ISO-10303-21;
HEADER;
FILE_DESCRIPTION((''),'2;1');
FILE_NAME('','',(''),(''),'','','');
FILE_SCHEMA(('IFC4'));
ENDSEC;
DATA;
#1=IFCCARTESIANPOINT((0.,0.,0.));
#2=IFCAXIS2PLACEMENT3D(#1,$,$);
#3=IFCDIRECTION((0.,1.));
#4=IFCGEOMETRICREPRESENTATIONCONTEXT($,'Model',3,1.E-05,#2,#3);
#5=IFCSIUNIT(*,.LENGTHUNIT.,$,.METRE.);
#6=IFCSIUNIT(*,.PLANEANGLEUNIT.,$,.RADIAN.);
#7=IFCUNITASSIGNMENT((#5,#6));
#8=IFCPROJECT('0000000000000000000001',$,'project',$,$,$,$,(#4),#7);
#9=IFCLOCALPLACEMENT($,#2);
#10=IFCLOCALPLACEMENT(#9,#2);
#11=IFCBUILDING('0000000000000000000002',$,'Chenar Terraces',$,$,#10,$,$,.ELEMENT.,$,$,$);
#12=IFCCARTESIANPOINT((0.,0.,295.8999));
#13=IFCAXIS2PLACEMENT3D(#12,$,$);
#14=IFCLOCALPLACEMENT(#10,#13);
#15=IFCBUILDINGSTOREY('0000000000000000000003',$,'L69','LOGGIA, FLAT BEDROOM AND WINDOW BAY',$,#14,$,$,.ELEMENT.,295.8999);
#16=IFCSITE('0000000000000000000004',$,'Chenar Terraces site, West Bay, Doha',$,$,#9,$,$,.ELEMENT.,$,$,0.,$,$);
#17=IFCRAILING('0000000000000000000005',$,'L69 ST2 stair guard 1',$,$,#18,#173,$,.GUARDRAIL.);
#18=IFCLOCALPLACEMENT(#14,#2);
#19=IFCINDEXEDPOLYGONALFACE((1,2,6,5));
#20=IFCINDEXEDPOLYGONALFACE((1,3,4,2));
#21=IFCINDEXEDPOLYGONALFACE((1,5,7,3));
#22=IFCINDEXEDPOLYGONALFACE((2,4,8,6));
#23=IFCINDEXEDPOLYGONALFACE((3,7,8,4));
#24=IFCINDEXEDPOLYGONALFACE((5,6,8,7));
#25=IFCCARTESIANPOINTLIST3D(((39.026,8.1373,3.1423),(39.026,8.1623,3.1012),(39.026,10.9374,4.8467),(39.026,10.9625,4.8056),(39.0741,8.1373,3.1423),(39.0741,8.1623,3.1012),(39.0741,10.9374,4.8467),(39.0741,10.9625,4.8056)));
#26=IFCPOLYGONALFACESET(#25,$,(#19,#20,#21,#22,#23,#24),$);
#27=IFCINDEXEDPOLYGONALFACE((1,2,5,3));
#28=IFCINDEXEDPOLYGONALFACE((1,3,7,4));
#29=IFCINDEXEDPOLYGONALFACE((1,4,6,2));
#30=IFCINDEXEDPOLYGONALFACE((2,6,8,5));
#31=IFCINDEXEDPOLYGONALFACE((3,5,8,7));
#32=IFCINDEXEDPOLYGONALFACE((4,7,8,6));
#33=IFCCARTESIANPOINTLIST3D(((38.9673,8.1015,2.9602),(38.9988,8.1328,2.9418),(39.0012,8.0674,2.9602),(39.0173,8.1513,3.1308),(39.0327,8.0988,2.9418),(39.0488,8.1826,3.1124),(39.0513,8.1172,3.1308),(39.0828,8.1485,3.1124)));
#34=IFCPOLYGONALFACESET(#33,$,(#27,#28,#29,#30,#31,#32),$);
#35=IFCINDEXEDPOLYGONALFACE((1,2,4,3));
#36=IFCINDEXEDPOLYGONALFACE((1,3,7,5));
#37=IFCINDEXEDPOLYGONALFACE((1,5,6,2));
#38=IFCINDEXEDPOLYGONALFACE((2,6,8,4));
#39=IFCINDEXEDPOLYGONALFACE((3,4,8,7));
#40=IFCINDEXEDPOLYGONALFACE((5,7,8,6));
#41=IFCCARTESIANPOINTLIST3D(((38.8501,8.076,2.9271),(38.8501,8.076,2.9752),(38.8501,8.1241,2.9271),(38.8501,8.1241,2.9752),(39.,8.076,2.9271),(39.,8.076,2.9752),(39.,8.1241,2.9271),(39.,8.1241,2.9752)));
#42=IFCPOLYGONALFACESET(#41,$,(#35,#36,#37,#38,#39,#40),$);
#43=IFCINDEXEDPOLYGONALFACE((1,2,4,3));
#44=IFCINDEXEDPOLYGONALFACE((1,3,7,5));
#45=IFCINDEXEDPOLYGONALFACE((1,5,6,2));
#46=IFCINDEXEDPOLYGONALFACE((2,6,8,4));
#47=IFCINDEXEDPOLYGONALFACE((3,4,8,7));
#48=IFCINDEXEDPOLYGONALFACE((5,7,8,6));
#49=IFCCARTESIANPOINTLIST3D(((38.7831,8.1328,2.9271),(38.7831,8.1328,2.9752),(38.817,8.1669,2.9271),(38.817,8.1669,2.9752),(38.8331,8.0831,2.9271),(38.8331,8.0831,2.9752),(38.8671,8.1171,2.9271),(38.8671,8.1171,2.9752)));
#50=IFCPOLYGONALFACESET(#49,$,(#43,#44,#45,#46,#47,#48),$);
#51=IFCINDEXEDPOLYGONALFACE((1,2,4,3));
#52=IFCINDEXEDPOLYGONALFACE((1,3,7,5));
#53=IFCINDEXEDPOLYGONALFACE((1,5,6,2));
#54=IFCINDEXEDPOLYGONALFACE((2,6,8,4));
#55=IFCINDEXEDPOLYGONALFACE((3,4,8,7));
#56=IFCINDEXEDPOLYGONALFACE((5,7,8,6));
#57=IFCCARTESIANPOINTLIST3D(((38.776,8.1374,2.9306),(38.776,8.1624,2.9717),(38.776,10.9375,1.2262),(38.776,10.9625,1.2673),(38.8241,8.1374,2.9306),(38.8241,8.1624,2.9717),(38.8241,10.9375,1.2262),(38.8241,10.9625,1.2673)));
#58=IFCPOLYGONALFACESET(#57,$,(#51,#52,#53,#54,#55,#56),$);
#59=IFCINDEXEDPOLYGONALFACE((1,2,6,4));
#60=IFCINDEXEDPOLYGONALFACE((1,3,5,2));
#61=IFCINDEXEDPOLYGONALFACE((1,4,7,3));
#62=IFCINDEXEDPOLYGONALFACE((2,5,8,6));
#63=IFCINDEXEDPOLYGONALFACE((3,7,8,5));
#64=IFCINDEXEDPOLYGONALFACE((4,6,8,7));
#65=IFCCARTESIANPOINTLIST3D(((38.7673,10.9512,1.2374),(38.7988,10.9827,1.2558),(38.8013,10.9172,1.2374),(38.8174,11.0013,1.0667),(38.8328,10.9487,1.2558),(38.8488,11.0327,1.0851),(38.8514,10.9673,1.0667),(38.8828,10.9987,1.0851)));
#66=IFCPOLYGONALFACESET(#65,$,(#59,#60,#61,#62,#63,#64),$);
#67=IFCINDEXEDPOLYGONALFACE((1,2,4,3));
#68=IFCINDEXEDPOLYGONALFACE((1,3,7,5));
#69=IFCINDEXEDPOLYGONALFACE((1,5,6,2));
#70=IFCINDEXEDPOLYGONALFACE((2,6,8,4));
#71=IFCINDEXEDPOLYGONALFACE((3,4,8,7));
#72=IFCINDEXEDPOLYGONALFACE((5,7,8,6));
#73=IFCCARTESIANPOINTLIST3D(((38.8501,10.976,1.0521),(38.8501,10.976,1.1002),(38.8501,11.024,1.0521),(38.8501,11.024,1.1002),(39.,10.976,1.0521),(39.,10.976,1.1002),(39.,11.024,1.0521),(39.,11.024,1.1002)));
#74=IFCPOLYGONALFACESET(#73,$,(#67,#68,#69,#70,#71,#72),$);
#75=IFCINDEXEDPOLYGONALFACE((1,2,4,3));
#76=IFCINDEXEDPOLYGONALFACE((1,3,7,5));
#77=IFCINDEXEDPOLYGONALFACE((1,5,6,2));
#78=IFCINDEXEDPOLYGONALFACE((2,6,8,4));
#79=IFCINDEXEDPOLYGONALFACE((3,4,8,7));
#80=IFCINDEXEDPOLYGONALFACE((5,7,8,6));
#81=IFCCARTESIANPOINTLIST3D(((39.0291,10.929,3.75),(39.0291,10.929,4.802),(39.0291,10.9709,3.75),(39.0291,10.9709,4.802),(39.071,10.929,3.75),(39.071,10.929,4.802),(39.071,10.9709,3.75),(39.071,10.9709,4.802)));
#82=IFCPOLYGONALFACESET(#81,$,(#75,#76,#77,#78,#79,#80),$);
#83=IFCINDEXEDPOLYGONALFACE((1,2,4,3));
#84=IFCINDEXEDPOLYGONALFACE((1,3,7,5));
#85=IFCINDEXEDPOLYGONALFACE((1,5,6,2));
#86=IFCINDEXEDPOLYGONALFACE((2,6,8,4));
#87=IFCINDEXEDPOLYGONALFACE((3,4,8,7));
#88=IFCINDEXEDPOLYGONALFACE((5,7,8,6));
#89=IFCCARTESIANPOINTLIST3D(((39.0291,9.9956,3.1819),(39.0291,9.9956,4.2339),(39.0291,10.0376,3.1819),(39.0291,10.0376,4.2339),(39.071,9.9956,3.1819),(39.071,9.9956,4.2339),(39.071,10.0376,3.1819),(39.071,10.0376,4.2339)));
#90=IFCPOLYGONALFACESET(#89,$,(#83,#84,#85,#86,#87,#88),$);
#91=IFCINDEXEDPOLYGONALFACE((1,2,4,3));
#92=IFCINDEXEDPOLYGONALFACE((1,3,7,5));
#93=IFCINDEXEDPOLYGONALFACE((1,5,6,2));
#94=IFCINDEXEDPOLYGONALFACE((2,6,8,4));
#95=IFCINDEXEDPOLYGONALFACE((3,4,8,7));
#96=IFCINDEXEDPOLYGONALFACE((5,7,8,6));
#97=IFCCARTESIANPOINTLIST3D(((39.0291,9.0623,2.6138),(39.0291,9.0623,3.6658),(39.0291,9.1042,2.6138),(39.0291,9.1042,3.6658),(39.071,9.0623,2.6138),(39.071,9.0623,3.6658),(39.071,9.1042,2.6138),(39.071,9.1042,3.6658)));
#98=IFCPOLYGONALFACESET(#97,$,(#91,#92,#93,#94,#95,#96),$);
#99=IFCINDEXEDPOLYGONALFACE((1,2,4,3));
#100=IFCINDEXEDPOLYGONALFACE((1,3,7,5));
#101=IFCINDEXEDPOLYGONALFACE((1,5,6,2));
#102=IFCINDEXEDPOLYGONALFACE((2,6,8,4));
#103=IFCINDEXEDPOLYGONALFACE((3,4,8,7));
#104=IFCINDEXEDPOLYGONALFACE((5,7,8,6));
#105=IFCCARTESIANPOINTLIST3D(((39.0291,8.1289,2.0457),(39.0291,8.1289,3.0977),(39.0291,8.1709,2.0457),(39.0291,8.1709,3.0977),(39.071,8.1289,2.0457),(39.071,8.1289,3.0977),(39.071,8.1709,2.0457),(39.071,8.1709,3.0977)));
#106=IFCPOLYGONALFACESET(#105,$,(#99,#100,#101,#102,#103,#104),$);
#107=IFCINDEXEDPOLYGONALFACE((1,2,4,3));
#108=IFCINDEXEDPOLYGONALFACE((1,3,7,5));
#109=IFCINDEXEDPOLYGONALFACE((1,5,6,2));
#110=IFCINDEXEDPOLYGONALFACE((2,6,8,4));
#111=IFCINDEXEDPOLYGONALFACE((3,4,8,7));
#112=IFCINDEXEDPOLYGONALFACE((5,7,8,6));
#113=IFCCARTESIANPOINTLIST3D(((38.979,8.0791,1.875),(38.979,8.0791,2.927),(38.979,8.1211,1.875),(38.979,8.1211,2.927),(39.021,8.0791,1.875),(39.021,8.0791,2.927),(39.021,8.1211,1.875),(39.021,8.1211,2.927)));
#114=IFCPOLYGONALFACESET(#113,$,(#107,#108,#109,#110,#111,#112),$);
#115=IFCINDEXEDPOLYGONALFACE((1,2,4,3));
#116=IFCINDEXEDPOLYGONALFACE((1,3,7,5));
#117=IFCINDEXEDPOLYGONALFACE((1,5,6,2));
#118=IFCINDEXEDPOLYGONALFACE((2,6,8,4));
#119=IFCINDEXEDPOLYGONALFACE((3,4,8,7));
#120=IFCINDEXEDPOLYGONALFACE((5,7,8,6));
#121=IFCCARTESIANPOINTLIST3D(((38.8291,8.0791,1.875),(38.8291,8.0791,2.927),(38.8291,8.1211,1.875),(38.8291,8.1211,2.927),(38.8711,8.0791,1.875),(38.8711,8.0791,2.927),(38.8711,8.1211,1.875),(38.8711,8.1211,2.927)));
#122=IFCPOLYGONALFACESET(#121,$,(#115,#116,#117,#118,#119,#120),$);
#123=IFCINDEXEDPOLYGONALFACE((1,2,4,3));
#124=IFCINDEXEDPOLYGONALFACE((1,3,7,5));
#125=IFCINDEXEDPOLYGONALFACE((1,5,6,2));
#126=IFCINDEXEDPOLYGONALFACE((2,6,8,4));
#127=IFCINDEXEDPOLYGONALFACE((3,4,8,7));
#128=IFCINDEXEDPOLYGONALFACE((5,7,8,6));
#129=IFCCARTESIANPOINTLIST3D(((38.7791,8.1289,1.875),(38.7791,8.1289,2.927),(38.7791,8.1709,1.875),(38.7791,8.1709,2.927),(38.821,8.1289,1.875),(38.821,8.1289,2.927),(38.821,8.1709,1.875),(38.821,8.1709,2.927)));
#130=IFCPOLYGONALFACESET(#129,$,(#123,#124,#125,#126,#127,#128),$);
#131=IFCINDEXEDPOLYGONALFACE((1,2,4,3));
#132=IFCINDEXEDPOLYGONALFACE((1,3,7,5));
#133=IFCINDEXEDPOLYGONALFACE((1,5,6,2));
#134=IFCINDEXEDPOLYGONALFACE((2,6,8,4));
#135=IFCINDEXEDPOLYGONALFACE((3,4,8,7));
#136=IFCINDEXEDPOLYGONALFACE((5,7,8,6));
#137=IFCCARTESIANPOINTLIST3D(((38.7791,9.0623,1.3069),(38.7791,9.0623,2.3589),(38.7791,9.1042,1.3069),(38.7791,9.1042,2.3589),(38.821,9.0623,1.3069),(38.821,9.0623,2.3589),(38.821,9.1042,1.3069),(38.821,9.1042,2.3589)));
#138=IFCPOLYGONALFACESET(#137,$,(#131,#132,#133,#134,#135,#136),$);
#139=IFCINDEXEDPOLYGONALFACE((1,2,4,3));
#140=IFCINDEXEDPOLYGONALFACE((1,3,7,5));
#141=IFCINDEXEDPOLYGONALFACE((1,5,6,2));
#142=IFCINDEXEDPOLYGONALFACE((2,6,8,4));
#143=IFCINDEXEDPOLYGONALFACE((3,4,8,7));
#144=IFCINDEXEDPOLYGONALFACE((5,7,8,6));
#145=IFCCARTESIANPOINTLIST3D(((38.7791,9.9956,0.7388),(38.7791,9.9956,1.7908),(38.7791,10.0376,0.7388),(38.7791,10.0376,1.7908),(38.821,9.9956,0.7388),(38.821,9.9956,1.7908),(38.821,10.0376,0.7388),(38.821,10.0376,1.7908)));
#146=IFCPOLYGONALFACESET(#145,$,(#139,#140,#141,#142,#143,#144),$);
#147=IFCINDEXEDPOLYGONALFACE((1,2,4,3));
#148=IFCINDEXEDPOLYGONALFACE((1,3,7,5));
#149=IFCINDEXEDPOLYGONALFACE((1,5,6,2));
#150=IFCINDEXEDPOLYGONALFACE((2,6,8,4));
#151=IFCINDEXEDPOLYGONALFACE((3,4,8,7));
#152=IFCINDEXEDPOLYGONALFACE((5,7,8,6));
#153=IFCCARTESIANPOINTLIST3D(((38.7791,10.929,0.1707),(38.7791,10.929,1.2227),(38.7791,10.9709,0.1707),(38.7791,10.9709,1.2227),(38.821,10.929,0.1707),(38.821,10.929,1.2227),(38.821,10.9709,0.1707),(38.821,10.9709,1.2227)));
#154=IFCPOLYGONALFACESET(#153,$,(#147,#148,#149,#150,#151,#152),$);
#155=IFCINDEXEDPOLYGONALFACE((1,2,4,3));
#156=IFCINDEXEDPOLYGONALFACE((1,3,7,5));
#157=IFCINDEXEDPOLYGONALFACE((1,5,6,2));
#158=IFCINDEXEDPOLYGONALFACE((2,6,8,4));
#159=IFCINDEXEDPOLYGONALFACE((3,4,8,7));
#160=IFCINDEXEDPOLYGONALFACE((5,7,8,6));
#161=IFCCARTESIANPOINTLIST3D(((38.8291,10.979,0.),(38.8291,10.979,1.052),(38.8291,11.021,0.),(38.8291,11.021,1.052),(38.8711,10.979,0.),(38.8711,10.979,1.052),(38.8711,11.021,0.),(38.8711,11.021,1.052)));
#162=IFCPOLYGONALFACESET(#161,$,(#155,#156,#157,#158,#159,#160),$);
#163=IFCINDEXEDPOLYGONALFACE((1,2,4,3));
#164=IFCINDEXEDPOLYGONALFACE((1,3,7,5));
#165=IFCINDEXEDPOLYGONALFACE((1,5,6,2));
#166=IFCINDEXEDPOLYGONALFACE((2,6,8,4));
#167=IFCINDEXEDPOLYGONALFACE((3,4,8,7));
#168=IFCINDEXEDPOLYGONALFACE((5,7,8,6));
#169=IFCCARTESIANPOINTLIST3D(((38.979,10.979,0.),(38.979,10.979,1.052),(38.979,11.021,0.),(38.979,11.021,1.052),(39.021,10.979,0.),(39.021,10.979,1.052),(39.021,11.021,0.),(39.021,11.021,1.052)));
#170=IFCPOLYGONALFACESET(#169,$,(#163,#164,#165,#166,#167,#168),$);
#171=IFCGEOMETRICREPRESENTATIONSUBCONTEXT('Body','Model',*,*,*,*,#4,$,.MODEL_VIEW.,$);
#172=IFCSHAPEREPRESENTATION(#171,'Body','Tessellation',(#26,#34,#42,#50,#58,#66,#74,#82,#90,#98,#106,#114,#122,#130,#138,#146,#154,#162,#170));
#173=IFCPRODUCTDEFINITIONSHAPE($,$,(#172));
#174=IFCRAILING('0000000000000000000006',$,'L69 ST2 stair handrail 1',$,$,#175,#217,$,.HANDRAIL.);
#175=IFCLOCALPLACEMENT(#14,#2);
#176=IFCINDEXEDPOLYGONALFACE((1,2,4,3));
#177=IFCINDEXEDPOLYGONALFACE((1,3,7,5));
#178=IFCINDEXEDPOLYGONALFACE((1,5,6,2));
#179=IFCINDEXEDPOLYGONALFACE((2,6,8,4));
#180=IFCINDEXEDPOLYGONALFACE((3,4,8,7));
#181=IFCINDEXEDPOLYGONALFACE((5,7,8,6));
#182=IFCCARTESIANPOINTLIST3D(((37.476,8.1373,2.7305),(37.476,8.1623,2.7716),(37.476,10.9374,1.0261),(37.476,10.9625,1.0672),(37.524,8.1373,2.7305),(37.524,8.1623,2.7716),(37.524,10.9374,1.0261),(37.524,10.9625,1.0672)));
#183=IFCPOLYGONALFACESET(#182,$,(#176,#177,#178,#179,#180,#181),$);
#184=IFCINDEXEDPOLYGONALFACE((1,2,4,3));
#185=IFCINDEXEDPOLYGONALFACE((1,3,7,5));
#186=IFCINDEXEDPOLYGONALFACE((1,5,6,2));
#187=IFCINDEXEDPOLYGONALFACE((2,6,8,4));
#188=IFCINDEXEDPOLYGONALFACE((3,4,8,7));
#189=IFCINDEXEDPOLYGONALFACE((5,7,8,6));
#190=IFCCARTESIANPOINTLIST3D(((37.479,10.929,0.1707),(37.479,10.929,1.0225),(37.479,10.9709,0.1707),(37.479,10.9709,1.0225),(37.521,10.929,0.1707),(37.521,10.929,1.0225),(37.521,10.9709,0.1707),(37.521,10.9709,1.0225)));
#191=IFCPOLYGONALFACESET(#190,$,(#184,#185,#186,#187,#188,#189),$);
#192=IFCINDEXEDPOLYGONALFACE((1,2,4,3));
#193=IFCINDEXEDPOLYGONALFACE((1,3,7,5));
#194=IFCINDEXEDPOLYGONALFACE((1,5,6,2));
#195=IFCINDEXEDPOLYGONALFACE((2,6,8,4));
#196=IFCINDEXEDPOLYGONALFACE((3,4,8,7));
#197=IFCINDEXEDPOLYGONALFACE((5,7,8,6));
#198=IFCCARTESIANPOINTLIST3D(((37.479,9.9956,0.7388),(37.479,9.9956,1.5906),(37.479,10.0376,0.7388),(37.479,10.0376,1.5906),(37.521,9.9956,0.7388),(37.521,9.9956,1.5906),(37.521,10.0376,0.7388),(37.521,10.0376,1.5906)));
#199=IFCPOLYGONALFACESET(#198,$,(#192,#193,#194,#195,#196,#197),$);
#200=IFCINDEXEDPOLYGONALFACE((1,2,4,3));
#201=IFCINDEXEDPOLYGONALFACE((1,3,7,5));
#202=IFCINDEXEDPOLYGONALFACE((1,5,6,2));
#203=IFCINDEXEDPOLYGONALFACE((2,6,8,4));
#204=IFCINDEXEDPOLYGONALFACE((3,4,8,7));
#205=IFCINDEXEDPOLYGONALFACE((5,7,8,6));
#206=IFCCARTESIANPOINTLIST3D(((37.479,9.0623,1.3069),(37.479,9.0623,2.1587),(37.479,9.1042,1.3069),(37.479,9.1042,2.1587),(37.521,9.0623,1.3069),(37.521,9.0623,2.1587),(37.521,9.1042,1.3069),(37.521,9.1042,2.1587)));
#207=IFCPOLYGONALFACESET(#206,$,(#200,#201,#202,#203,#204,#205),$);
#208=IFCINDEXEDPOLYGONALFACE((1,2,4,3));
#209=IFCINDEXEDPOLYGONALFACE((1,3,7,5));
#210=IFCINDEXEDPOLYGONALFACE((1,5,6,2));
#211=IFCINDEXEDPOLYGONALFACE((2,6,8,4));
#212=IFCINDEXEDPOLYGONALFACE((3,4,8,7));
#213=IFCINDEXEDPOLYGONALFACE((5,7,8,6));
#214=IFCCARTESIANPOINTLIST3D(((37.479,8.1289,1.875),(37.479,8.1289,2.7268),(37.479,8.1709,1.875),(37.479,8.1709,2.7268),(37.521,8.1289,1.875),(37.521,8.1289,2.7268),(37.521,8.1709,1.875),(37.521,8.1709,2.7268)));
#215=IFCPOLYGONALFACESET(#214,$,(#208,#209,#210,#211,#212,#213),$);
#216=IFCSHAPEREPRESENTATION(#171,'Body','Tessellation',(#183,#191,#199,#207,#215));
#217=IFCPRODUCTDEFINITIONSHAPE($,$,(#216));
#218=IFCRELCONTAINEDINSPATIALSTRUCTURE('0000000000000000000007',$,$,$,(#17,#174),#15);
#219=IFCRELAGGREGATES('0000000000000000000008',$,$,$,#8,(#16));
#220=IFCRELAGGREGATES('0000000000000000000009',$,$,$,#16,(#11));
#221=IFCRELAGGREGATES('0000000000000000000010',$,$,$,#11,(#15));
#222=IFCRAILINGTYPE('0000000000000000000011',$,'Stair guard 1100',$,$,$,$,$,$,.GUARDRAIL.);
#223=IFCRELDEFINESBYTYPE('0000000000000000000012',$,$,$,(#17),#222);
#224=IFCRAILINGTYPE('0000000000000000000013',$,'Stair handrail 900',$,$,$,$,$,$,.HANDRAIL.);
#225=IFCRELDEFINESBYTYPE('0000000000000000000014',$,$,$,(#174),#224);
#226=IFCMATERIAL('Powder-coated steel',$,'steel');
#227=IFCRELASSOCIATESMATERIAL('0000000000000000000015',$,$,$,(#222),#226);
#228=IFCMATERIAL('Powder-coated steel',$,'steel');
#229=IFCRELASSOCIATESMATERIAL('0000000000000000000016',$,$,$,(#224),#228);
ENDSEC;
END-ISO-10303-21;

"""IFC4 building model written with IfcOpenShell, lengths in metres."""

from ifc_helpers import new_model, si_unit, direction, frame, origin, origin_2d, place, context, subcontext, project, spatial, rectangle, extrude, material, type_object, element, save


model = new_model("IFC4")

# Units and contexts
model_context = context("Model", 3, precision=1e-05, world=origin(), true_north=direction((0.0, 1.0)))
body_context = subcontext(model_context, "Body", "Model", "MODEL_VIEW")
ifc_project = project(units=[si_unit("LENGTHUNIT", "METRE"), si_unit("PLANEANGLEUNIT", "RADIAN")], contexts=[model_context])

# Site, building, storey
site_placement = place(None, origin())
site = spatial("IfcSite", under=ifc_project, at=site_placement, Name="Chenar Terraces site, West Bay, Doha", CompositionType="ELEMENT", RefElevation=0.0)
building_placement = place(site_placement, origin())
building = spatial("IfcBuilding", under=site, at=building_placement, Name="Chenar Terraces", CompositionType="ELEMENT")
storey_placement = place(building_placement, frame((0.0, 0.0, 295.8999)))
storey = spatial("IfcBuildingStorey", under=building, at=storey_placement, Name="L69", Description="LOGGIA, FLAT BEDROOM AND WINDOW BAY", CompositionType="ELEMENT", Elevation=295.8999)

# Railings
ifc_material_1 = material(Name="Powder-coated steel", Category="steel")
railing_type_1 = type_object("IfcRailingType", Name="Stair guard 1100", PredefinedType="GUARDRAIL", material=ifc_material_1)
railing_1_placement = place(storey_placement, frame((39.05, 10.95, 3.75)))
element("IfcRailing", 1, at=railing_1_placement, inside=storey, type_object=railing_type_1, Name="L69 ST2 stair guard 1", PredefinedType="GUARDRAIL", context=body_context, shape_type="SweptSolid", body=[
    extrude(rectangle(XDim=0.0481, YDim=0.0481, at=origin_2d()), frame((0.0, 0.0, 1.0762), z_axis=(0.0, -0.854203, -0.51994), x_axis=(1.0, 0.0, 0.0)), (0.0, 0.0, 1.0), 3.2781),
    extrude(rectangle(XDim=0.0481, YDim=0.0481, at=origin_2d()), frame((0.0, -2.8, -0.6284), z_axis=(-0.270997, -0.269675, -0.924033), x_axis=(0.705376, -0.708834, 0.0)), (0.0, 0.0, 1.0), 0.1846),
    extrude(rectangle(XDim=0.0481, YDim=0.0481, at=origin_2d()), frame((-0.05, -2.8499, -0.7988), z_axis=(-1.0, 0.0, 0.0), x_axis=(0.0, -1.0, 0.0)), (0.0, 0.0, 1.0), 0.1499),
    extrude(rectangle(XDim=0.0481, YDim=0.0481, at=origin_2d()), frame((-0.2, -2.8499, -0.7988), z_axis=(-0.708834, 0.705376, 0.0), x_axis=(-0.705376, -0.708834, 0.0)), (0.0, 0.0, 1.0), 0.0706),
    extrude(rectangle(XDim=0.0481, YDim=0.0481, at=origin_2d()), frame((-0.25, -2.8, -0.7988), z_axis=(0.0, 0.854203, -0.51994), x_axis=(-1.0, 0.0, 0.0)), (0.0, 0.0, 1.0), 3.2781),
    extrude(rectangle(XDim=0.0481, YDim=0.0481, at=origin_2d()), frame((-0.25, 0.0, -2.5034), z_axis=(0.2709, 0.2709, -0.923703), x_axis=(-0.707107, 0.707107, 0.0)), (0.0, 0.0, 1.0), 0.1848),
    extrude(rectangle(XDim=0.0481, YDim=0.0481, at=origin_2d()), frame((-0.2, 0.05, -2.6738), z_axis=(1.0, 0.0, 0.0), x_axis=(0.0, 1.0, 0.0)), (0.0, 0.0, 1.0), 0.1499),
    extrude(rectangle(XDim=0.042, YDim=0.042, at=origin_2d()), origin(), (0.0, 0.0, 1.0), 1.052),
    extrude(rectangle(XDim=0.042, YDim=0.042, at=origin_2d()), frame((0.0, -0.9333, -0.5681)), (0.0, 0.0, 1.0), 1.052),
    extrude(rectangle(XDim=0.042, YDim=0.042, at=origin_2d()), frame((0.0, -1.8667, -1.1362)), (0.0, 0.0, 1.0), 1.052),
    extrude(rectangle(XDim=0.042, YDim=0.042, at=origin_2d()), frame((0.0, -2.8, -1.7043)), (0.0, 0.0, 1.0), 1.052),
    extrude(rectangle(XDim=0.042, YDim=0.042, at=origin_2d()), frame((-0.05, -2.8499, -1.875)), (0.0, 0.0, 1.0), 1.052),
    extrude(rectangle(XDim=0.042, YDim=0.042, at=origin_2d()), frame((-0.2, -2.8499, -1.875)), (0.0, 0.0, 1.0), 1.052),
    extrude(rectangle(XDim=0.042, YDim=0.042, at=origin_2d()), frame((-0.25, -2.8, -1.875)), (0.0, 0.0, 1.0), 1.052),
    extrude(rectangle(XDim=0.042, YDim=0.042, at=origin_2d()), frame((-0.25, -1.8667, -2.4431)), (0.0, 0.0, 1.0), 1.052),
    extrude(rectangle(XDim=0.042, YDim=0.042, at=origin_2d()), frame((-0.25, -0.9333, -3.0112)), (0.0, 0.0, 1.0), 1.052),
    extrude(rectangle(XDim=0.042, YDim=0.042, at=origin_2d()), frame((-0.25, 0.0, -3.5793)), (0.0, 0.0, 1.0), 1.052),
    extrude(rectangle(XDim=0.042, YDim=0.042, at=origin_2d()), frame((-0.2, 0.05, -3.75)), (0.0, 0.0, 1.0), 1.052),
    extrude(rectangle(XDim=0.042, YDim=0.042, at=origin_2d()), frame((-0.05, 0.05, -3.75)), (0.0, 0.0, 1.0), 1.052),
])
ifc_material_2 = material(Name="Powder-coated steel", Category="steel")
railing_type_2 = type_object("IfcRailingType", Name="Stair handrail 900", PredefinedType="HANDRAIL", material=ifc_material_2)
railing_2_placement = place(storey_placement, frame((37.5, 10.95, 0.1707)))
element("IfcRailing", 2, at=railing_2_placement, inside=storey, type_object=railing_type_2, Name="L69 ST2 stair handrail 1", PredefinedType="HANDRAIL", context=body_context, shape_type="SweptSolid", body=[
    extrude(rectangle(XDim=0.0481, YDim=0.0481, at=origin_2d()), frame((0.0, 0.0, 0.876), z_axis=(0.0, -0.854203, 0.51994), x_axis=(1.0, 0.0, 0.0)), (0.0, 0.0, 1.0), 3.2781),
    extrude(rectangle(XDim=0.042, YDim=0.042, at=origin_2d()), origin(), (0.0, 0.0, 1.0), 0.8518),
    extrude(rectangle(XDim=0.042, YDim=0.042, at=origin_2d()), frame((0.0, -0.9333, 0.5681)), (0.0, 0.0, 1.0), 0.8518),
    extrude(rectangle(XDim=0.042, YDim=0.042, at=origin_2d()), frame((0.0, -1.8667, 1.1362)), (0.0, 0.0, 1.0), 0.8518),
    extrude(rectangle(XDim=0.042, YDim=0.042, at=origin_2d()), frame((0.0, -2.8, 1.7043)), (0.0, 0.0, 1.0), 0.8518),
])

save(model, "model.ifc")
